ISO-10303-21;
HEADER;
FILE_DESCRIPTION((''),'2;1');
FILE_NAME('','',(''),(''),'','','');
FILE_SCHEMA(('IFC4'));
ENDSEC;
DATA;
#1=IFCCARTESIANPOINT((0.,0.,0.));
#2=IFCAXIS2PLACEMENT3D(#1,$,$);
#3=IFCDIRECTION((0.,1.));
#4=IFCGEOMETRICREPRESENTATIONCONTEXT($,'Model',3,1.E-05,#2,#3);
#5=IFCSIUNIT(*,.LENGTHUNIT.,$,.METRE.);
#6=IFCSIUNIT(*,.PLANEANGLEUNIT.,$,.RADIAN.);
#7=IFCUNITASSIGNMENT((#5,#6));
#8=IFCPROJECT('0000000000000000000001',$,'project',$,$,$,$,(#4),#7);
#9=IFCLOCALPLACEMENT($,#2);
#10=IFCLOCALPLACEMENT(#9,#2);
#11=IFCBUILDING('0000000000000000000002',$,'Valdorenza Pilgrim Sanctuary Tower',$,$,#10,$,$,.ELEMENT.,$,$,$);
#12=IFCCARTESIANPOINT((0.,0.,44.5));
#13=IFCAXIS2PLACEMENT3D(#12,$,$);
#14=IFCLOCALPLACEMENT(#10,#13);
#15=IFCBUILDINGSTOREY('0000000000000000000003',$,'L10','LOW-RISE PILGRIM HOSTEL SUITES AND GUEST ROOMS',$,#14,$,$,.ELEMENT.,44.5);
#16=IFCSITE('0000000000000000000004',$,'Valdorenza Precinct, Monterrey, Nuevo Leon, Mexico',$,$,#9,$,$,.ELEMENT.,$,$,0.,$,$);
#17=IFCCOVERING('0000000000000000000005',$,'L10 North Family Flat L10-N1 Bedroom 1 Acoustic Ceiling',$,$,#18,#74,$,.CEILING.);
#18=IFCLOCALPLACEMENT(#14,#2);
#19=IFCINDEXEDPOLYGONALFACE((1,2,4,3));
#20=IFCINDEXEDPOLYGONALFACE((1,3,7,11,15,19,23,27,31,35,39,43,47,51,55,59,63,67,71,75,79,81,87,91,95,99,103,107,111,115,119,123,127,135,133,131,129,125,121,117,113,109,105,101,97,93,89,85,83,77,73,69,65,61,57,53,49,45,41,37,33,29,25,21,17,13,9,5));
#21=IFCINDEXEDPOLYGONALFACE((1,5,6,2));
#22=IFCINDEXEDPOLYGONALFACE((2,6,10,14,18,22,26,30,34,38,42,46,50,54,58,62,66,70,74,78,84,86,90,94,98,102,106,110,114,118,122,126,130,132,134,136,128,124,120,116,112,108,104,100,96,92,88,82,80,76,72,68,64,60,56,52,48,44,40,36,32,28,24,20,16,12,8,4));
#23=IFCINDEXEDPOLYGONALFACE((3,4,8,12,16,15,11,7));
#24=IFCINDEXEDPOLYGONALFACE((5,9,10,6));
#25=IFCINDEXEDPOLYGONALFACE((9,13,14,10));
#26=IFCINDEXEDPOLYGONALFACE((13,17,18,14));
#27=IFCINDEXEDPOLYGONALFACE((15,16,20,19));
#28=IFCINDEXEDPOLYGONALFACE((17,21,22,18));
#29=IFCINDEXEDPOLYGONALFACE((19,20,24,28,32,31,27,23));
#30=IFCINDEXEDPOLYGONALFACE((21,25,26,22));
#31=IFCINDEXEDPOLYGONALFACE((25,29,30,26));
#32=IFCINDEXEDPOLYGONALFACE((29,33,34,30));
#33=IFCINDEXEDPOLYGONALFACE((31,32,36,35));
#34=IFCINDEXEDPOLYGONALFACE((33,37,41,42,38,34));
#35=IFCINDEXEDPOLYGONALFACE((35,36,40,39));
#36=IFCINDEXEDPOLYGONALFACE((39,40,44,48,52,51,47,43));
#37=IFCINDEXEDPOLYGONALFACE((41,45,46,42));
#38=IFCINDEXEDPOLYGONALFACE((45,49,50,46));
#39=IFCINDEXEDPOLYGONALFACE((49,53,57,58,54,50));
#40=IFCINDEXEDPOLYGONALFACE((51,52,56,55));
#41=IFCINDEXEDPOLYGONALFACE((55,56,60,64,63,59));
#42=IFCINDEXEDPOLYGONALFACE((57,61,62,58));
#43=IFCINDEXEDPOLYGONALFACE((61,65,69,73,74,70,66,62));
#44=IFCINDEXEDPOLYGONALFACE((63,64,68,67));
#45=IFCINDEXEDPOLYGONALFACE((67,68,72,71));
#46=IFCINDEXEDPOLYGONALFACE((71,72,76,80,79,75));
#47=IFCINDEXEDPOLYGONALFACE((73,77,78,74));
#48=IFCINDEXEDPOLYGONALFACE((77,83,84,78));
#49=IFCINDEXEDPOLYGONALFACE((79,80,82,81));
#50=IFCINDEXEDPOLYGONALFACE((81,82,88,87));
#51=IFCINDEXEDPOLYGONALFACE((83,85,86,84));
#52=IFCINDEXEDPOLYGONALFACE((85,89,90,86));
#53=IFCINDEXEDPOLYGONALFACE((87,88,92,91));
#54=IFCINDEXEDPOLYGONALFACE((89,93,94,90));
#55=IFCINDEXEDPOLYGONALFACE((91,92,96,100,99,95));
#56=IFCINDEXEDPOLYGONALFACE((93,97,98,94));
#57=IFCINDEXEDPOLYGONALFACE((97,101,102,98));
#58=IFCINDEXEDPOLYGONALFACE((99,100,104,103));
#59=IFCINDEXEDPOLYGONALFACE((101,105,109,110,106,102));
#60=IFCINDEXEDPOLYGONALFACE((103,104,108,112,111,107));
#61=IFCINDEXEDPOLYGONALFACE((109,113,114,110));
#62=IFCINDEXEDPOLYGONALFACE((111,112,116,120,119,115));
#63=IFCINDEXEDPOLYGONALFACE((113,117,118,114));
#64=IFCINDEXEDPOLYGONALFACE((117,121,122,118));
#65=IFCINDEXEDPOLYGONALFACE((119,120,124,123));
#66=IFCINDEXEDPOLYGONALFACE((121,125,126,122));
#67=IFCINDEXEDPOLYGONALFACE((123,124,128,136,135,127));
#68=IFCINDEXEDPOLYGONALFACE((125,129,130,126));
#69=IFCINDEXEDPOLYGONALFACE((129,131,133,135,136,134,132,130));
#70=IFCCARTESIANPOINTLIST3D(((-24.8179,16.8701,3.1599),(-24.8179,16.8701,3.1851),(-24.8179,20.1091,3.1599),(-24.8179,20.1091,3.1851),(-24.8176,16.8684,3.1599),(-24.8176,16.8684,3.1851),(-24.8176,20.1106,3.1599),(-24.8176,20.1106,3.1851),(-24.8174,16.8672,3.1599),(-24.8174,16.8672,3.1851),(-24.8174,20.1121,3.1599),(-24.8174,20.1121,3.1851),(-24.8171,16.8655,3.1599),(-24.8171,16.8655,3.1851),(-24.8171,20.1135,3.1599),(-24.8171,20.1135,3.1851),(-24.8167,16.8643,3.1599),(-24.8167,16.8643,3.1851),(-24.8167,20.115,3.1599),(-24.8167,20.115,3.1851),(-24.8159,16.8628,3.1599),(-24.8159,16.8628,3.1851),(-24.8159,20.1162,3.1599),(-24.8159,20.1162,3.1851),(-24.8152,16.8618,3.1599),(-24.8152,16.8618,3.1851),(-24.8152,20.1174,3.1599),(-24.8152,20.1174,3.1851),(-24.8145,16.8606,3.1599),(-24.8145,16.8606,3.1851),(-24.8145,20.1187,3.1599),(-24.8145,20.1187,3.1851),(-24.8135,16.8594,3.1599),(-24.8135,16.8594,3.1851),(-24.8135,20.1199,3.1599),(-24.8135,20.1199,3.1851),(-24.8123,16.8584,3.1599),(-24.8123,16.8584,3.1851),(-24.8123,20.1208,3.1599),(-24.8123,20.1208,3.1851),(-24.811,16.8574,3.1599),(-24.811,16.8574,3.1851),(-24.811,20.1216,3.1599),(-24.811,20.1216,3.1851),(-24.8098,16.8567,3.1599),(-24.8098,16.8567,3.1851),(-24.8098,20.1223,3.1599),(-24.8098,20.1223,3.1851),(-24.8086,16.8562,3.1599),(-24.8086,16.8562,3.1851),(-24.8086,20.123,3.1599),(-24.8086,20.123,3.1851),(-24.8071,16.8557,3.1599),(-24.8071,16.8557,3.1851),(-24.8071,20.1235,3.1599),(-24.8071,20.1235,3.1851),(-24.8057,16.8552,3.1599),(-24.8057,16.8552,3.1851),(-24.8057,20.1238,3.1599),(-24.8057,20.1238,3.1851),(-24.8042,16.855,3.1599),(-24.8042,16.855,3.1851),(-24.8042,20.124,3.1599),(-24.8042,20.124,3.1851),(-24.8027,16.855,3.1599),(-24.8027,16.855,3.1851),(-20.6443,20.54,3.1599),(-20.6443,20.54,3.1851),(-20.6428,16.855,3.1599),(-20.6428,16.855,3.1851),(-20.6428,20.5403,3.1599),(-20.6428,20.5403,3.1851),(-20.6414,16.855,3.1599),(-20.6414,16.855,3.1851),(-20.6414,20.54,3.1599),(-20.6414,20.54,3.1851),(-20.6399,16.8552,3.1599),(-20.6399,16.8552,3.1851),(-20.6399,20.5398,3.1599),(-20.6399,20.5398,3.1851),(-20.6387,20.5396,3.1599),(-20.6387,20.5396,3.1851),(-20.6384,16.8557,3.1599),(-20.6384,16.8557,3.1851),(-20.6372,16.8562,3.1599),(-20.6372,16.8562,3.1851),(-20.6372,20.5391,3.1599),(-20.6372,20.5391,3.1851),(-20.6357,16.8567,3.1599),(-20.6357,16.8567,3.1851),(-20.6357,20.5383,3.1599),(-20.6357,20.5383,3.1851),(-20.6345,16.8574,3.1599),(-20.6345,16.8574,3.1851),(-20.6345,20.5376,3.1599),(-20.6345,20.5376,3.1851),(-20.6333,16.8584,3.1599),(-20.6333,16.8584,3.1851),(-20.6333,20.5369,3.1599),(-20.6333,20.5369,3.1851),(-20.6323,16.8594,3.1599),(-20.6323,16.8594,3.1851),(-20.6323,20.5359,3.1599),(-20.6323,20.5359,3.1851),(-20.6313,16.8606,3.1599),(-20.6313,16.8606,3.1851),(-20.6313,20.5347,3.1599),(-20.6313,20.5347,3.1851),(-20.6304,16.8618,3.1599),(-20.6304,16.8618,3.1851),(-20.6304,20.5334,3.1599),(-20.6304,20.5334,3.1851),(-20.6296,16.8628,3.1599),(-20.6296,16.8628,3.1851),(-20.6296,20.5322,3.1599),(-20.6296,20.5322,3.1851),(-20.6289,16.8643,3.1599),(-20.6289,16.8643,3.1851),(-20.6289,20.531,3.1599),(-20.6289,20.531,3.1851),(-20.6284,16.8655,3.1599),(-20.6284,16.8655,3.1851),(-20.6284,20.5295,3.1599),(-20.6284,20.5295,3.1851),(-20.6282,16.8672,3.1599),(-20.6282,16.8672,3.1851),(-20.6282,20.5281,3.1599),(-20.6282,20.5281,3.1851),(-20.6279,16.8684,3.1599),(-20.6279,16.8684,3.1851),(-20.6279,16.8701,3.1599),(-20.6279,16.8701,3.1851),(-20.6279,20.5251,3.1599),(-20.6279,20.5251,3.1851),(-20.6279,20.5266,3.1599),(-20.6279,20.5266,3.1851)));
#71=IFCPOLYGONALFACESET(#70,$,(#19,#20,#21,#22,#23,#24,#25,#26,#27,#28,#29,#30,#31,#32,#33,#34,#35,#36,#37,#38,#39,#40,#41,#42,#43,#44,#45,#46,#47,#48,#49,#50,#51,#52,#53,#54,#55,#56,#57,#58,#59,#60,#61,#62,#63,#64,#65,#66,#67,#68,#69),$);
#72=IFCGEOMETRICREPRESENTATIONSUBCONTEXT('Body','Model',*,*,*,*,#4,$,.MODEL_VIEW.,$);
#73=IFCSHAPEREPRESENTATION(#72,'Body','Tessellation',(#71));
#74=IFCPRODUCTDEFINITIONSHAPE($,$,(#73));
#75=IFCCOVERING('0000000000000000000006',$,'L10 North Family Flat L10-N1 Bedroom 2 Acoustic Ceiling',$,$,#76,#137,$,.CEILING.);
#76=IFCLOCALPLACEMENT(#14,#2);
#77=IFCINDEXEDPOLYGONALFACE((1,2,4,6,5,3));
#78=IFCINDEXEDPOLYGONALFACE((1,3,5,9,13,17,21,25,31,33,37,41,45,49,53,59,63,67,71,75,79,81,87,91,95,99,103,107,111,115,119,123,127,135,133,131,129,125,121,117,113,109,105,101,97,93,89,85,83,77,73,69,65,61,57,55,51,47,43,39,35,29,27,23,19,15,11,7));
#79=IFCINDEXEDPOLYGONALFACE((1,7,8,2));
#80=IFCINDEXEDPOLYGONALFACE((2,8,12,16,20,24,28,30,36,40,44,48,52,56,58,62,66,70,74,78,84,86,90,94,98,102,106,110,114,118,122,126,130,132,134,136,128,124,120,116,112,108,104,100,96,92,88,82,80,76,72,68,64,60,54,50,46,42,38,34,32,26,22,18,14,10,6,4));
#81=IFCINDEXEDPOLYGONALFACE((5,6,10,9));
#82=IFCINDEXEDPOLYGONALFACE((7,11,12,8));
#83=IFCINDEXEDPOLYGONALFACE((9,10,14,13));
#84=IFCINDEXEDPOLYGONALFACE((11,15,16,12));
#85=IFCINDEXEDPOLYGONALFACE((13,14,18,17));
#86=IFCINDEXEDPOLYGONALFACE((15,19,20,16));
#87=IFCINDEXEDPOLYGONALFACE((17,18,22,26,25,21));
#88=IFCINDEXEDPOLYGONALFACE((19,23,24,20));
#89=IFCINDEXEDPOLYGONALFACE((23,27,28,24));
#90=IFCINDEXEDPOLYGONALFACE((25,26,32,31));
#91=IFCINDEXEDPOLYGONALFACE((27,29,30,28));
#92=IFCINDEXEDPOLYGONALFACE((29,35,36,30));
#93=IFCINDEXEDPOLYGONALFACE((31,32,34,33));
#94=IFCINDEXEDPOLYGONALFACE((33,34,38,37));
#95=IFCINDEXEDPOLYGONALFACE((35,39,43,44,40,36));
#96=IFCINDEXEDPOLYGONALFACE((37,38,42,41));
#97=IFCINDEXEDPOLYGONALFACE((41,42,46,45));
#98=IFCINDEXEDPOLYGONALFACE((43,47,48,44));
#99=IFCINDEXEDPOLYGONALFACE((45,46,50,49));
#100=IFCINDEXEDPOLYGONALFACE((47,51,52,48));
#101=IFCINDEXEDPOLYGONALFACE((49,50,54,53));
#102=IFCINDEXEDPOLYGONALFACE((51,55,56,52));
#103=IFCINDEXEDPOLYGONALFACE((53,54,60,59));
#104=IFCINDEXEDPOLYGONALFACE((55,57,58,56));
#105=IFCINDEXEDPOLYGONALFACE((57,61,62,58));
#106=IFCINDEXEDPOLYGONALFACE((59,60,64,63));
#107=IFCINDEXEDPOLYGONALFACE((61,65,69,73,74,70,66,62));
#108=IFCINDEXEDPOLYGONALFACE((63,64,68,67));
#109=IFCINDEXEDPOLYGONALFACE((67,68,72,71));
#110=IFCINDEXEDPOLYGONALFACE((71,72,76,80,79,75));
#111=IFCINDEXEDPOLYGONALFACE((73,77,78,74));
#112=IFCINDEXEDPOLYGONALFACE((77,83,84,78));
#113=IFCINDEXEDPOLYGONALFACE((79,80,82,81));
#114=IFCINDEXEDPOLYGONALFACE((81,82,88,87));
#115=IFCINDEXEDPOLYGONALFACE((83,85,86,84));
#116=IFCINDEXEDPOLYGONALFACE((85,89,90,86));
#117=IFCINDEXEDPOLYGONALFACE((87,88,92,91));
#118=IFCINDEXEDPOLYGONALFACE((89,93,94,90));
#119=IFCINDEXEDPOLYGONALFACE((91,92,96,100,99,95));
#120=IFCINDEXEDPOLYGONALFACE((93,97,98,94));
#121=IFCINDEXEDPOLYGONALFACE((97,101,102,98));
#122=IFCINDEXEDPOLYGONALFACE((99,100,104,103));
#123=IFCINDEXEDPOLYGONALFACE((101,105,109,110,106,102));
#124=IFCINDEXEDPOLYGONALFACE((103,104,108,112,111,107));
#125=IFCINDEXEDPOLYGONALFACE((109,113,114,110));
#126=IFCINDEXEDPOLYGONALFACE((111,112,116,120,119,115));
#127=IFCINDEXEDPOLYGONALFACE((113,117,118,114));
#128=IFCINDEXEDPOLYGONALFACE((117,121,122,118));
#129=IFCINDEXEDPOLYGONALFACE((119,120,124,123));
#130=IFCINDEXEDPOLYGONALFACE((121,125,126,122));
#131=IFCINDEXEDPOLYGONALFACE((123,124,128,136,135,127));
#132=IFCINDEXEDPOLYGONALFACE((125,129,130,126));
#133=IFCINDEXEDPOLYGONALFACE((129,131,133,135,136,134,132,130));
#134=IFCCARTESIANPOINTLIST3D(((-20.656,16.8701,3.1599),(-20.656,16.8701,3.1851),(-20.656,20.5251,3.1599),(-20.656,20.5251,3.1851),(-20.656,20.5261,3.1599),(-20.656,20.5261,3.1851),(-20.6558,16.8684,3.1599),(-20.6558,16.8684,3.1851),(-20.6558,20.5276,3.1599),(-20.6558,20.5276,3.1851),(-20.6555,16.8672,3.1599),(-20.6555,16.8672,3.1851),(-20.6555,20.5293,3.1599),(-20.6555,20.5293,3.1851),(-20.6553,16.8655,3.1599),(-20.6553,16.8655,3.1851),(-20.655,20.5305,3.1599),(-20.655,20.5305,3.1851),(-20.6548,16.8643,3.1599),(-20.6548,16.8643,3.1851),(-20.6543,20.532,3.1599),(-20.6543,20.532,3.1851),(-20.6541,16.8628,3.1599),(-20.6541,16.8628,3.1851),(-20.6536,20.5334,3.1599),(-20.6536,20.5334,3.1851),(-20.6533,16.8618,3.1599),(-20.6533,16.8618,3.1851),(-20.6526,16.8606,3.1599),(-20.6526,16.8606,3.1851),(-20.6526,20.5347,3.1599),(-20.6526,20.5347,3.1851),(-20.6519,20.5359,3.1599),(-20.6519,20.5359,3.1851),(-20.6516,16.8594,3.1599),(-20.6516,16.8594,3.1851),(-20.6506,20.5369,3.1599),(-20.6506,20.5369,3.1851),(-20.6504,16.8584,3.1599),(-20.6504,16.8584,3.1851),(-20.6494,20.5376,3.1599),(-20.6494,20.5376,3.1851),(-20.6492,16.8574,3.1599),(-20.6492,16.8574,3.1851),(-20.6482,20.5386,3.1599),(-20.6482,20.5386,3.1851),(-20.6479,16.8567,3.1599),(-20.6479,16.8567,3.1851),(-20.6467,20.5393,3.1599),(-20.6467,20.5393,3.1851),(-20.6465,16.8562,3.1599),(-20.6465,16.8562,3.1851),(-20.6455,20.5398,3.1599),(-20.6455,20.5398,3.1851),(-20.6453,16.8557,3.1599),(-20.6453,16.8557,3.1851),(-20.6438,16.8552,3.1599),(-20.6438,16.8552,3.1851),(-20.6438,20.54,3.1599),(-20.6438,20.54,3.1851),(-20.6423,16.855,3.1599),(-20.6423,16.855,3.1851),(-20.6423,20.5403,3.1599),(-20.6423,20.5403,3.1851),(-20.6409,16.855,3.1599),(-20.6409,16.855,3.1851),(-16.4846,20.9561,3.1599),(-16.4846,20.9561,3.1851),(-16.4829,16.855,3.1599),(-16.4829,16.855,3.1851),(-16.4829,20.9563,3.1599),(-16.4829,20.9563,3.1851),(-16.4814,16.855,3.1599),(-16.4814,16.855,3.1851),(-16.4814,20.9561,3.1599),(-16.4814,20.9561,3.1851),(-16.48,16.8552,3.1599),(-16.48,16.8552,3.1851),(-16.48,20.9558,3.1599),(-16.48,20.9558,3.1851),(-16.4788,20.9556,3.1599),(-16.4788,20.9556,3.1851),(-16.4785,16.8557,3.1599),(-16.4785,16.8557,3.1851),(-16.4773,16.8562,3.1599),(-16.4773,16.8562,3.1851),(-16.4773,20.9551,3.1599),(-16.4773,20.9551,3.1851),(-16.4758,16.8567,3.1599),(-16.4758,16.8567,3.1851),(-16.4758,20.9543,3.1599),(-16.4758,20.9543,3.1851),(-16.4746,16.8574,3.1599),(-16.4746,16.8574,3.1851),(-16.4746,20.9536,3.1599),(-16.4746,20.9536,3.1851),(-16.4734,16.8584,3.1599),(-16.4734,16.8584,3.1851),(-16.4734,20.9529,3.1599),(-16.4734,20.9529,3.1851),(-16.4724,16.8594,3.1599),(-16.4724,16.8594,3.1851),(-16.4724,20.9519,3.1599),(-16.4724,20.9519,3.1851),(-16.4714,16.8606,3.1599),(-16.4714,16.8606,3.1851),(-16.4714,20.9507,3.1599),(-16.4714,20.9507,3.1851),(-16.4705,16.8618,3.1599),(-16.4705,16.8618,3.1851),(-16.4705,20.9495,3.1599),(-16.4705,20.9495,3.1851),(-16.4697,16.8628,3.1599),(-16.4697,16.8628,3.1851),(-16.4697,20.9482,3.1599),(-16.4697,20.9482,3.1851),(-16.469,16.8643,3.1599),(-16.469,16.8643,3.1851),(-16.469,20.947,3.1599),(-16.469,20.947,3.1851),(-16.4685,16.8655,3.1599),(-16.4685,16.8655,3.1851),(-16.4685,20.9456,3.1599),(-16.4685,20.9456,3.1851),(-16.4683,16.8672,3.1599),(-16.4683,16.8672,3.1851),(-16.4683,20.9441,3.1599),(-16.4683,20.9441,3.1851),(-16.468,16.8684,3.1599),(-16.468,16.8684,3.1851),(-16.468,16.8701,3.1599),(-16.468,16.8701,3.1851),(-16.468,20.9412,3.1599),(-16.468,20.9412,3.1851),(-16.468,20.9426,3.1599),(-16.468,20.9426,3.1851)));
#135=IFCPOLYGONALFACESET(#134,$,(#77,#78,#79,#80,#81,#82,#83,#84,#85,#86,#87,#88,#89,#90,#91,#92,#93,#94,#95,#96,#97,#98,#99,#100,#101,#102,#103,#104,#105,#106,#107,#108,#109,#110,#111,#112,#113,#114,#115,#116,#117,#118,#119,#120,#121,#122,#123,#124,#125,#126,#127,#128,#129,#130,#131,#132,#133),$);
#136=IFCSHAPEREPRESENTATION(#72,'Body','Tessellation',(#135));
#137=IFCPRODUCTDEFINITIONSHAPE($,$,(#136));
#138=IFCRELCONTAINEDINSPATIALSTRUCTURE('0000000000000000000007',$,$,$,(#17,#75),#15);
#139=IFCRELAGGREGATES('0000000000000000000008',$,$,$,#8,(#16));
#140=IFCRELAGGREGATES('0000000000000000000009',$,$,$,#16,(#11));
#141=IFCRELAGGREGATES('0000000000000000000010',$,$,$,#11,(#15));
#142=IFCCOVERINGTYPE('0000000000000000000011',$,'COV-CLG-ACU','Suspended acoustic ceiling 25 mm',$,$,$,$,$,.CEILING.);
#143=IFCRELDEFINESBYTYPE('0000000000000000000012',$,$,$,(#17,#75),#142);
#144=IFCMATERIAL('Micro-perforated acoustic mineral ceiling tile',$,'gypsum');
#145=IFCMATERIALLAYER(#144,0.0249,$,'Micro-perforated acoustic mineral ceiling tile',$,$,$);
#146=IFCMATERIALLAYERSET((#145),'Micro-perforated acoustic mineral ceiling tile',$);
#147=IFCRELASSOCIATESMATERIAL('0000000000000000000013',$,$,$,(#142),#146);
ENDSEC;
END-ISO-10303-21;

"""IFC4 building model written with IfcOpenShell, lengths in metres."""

from ifc_helpers import new_model, si_unit, direction, frame, origin, place, context, subcontext, project, spatial, polyline, outline, extrude, material, layer, layer_set, type_object, element, save


model = new_model("IFC4")

# Units and contexts
model_context = context("Model", 3, precision=1e-05, world=origin(), true_north=direction((0.0, 1.0)))
body_context = subcontext(model_context, "Body", "Model", "MODEL_VIEW")
ifc_project = project(units=[si_unit("LENGTHUNIT", "METRE"), si_unit("PLANEANGLEUNIT", "RADIAN")], contexts=[model_context])

# Site, building, storey
site_placement = place(None, origin())
site = spatial("IfcSite", under=ifc_project, at=site_placement, Name="Valdorenza Precinct, Monterrey, Nuevo Leon, Mexico", CompositionType="ELEMENT", RefElevation=0.0)
building_placement = place(site_placement, origin())
building = spatial("IfcBuilding", under=site, at=building_placement, Name="Valdorenza Pilgrim Sanctuary Tower", CompositionType="ELEMENT")
storey_placement = place(building_placement, frame((0.0, 0.0, 44.5)))
storey = spatial("IfcBuildingStorey", under=building, at=storey_placement, Name="L10", Description="LOW-RISE PILGRIM HOSTEL SUITES AND GUEST ROOMS", CompositionType="ELEMENT", Elevation=44.5)

# Coverings
ifc_material_1 = material(Name="Micro-perforated acoustic mineral ceiling tile", Category="gypsum")
ifc_layer_1 = layer(ifc_material_1, 0.0249, Name="Micro-perforated acoustic mineral ceiling tile")
ifc_layer_set_1 = layer_set([ifc_layer_1], Name="Micro-perforated acoustic mineral ceiling tile")
covering_type_1 = type_object("IfcCoveringType", Name="COV-CLG-ACU", Description="Suspended acoustic ceiling 25 mm", PredefinedType="CEILING", material=ifc_layer_set_1)
covering_1_placement = place(storey_placement, frame((0.0, 0.0, 3.1599)))
element("IfcCovering", 1, at=covering_1_placement, inside=storey, type_object=covering_type_1, Name="L10 North Family Flat L10-N1 Bedroom 1 Acoustic Ceiling", PredefinedType="CEILING", context=body_context, shape_type="SweptSolid", body=[
    extrude(outline(polyline([(-24.8027, 16.855), (-24.8042, 16.855), (-24.8057, 16.8552), (-24.8071, 16.8557), (-24.8086, 16.8562), (-24.8098, 16.8567), (-24.811, 16.8574), (-24.8123, 16.8584), (-24.8135, 16.8594), (-24.8145, 16.8606), (-24.8152, 16.8618), (-24.8159, 16.8628), (-24.8167, 16.8643), (-24.8171, 16.8655), (-24.8174, 16.8672), (-24.8176, 16.8684), (-24.8179, 16.8701), (-24.8179, 20.1091), (-24.8176, 20.1106), (-24.8174, 20.1121), (-24.8171, 20.1135), (-24.8167, 20.115), (-24.8159, 20.1162), (-24.8152, 20.1174), (-24.8145, 20.1187), (-24.8135, 20.1199), (-24.8123, 20.1208), (-24.811, 20.1216), (-24.8098, 20.1223), (-24.8086, 20.123), (-24.8071, 20.1235), (-24.8057, 20.1238), (-24.8042, 20.124), (-20.6443, 20.54), (-20.6428, 20.5403), (-20.6414, 20.54), (-20.6399, 20.5398), (-20.6387, 20.5396), (-20.6372, 20.5391), (-20.6357, 20.5383), (-20.6345, 20.5376), (-20.6333, 20.5369), (-20.6323, 20.5359), (-20.6313, 20.5347), (-20.6304, 20.5334), (-20.6296, 20.5322), (-20.6289, 20.531), (-20.6284, 20.5295), (-20.6282, 20.5281), (-20.6279, 20.5266), (-20.6279, 20.5251), (-20.6279, 16.8701), (-20.6279, 16.8684), (-20.6282, 16.8672), (-20.6284, 16.8655), (-20.6289, 16.8643), (-20.6296, 16.8628), (-20.6304, 16.8618), (-20.6313, 16.8606), (-20.6323, 16.8594), (-20.6333, 16.8584), (-20.6345, 16.8574), (-20.6357, 16.8567), (-20.6372, 16.8562), (-20.6384, 16.8557), (-20.6399, 16.8552), (-20.6414, 16.855), (-20.6428, 16.855), (-24.8027, 16.855)])), origin(), (0.0, 0.0, 1.0), 0.0251),
])
covering_2_placement = place(storey_placement, frame((0.0, 0.0, 3.1599)))
element("IfcCovering", 2, at=covering_2_placement, inside=storey, type_object=covering_type_1, Name="L10 North Family Flat L10-N1 Bedroom 2 Acoustic Ceiling", PredefinedType="CEILING", context=body_context, shape_type="SweptSolid", body=[
    extrude(outline(polyline([(-20.656, 20.5251), (-20.656, 20.5261), (-20.6558, 20.5276), (-20.6555, 20.5293), (-20.655, 20.5305), (-20.6543, 20.532), (-20.6536, 20.5334), (-20.6526, 20.5347), (-20.6519, 20.5359), (-20.6506, 20.5369), (-20.6494, 20.5376), (-20.6482, 20.5386), (-20.6467, 20.5393), (-20.6455, 20.5398), (-20.6438, 20.54), (-20.6423, 20.5403), (-16.4846, 20.9561), (-16.4829, 20.9563), (-16.4814, 20.9561), (-16.48, 20.9558), (-16.4788, 20.9556), (-16.4773, 20.9551), (-16.4758, 20.9543), (-16.4746, 20.9536), (-16.4734, 20.9529), (-16.4724, 20.9519), (-16.4714, 20.9507), (-16.4705, 20.9495), (-16.4697, 20.9482), (-16.469, 20.947), (-16.4685, 20.9456), (-16.4683, 20.9441), (-16.468, 20.9426), (-16.468, 20.9412), (-16.468, 16.8701), (-16.468, 16.8684), (-16.4683, 16.8672), (-16.4685, 16.8655), (-16.469, 16.8643), (-16.4697, 16.8628), (-16.4705, 16.8618), (-16.4714, 16.8606), (-16.4724, 16.8594), (-16.4734, 16.8584), (-16.4746, 16.8574), (-16.4758, 16.8567), (-16.4773, 16.8562), (-16.4785, 16.8557), (-16.48, 16.8552), (-16.4814, 16.855), (-16.4829, 16.855), (-20.6409, 16.855), (-20.6423, 16.855), (-20.6438, 16.8552), (-20.6453, 16.8557), (-20.6465, 16.8562), (-20.6479, 16.8567), (-20.6492, 16.8574), (-20.6504, 16.8584), (-20.6516, 16.8594), (-20.6526, 16.8606), (-20.6533, 16.8618), (-20.6541, 16.8628), (-20.6548, 16.8643), (-20.6553, 16.8655), (-20.6555, 16.8672), (-20.6558, 16.8684), (-20.656, 16.8701), (-20.656, 20.5251), (-20.656, 20.5251)])), origin(), (0.0, 0.0, 1.0), 0.0251),
])

save(model, "model.ifc")
